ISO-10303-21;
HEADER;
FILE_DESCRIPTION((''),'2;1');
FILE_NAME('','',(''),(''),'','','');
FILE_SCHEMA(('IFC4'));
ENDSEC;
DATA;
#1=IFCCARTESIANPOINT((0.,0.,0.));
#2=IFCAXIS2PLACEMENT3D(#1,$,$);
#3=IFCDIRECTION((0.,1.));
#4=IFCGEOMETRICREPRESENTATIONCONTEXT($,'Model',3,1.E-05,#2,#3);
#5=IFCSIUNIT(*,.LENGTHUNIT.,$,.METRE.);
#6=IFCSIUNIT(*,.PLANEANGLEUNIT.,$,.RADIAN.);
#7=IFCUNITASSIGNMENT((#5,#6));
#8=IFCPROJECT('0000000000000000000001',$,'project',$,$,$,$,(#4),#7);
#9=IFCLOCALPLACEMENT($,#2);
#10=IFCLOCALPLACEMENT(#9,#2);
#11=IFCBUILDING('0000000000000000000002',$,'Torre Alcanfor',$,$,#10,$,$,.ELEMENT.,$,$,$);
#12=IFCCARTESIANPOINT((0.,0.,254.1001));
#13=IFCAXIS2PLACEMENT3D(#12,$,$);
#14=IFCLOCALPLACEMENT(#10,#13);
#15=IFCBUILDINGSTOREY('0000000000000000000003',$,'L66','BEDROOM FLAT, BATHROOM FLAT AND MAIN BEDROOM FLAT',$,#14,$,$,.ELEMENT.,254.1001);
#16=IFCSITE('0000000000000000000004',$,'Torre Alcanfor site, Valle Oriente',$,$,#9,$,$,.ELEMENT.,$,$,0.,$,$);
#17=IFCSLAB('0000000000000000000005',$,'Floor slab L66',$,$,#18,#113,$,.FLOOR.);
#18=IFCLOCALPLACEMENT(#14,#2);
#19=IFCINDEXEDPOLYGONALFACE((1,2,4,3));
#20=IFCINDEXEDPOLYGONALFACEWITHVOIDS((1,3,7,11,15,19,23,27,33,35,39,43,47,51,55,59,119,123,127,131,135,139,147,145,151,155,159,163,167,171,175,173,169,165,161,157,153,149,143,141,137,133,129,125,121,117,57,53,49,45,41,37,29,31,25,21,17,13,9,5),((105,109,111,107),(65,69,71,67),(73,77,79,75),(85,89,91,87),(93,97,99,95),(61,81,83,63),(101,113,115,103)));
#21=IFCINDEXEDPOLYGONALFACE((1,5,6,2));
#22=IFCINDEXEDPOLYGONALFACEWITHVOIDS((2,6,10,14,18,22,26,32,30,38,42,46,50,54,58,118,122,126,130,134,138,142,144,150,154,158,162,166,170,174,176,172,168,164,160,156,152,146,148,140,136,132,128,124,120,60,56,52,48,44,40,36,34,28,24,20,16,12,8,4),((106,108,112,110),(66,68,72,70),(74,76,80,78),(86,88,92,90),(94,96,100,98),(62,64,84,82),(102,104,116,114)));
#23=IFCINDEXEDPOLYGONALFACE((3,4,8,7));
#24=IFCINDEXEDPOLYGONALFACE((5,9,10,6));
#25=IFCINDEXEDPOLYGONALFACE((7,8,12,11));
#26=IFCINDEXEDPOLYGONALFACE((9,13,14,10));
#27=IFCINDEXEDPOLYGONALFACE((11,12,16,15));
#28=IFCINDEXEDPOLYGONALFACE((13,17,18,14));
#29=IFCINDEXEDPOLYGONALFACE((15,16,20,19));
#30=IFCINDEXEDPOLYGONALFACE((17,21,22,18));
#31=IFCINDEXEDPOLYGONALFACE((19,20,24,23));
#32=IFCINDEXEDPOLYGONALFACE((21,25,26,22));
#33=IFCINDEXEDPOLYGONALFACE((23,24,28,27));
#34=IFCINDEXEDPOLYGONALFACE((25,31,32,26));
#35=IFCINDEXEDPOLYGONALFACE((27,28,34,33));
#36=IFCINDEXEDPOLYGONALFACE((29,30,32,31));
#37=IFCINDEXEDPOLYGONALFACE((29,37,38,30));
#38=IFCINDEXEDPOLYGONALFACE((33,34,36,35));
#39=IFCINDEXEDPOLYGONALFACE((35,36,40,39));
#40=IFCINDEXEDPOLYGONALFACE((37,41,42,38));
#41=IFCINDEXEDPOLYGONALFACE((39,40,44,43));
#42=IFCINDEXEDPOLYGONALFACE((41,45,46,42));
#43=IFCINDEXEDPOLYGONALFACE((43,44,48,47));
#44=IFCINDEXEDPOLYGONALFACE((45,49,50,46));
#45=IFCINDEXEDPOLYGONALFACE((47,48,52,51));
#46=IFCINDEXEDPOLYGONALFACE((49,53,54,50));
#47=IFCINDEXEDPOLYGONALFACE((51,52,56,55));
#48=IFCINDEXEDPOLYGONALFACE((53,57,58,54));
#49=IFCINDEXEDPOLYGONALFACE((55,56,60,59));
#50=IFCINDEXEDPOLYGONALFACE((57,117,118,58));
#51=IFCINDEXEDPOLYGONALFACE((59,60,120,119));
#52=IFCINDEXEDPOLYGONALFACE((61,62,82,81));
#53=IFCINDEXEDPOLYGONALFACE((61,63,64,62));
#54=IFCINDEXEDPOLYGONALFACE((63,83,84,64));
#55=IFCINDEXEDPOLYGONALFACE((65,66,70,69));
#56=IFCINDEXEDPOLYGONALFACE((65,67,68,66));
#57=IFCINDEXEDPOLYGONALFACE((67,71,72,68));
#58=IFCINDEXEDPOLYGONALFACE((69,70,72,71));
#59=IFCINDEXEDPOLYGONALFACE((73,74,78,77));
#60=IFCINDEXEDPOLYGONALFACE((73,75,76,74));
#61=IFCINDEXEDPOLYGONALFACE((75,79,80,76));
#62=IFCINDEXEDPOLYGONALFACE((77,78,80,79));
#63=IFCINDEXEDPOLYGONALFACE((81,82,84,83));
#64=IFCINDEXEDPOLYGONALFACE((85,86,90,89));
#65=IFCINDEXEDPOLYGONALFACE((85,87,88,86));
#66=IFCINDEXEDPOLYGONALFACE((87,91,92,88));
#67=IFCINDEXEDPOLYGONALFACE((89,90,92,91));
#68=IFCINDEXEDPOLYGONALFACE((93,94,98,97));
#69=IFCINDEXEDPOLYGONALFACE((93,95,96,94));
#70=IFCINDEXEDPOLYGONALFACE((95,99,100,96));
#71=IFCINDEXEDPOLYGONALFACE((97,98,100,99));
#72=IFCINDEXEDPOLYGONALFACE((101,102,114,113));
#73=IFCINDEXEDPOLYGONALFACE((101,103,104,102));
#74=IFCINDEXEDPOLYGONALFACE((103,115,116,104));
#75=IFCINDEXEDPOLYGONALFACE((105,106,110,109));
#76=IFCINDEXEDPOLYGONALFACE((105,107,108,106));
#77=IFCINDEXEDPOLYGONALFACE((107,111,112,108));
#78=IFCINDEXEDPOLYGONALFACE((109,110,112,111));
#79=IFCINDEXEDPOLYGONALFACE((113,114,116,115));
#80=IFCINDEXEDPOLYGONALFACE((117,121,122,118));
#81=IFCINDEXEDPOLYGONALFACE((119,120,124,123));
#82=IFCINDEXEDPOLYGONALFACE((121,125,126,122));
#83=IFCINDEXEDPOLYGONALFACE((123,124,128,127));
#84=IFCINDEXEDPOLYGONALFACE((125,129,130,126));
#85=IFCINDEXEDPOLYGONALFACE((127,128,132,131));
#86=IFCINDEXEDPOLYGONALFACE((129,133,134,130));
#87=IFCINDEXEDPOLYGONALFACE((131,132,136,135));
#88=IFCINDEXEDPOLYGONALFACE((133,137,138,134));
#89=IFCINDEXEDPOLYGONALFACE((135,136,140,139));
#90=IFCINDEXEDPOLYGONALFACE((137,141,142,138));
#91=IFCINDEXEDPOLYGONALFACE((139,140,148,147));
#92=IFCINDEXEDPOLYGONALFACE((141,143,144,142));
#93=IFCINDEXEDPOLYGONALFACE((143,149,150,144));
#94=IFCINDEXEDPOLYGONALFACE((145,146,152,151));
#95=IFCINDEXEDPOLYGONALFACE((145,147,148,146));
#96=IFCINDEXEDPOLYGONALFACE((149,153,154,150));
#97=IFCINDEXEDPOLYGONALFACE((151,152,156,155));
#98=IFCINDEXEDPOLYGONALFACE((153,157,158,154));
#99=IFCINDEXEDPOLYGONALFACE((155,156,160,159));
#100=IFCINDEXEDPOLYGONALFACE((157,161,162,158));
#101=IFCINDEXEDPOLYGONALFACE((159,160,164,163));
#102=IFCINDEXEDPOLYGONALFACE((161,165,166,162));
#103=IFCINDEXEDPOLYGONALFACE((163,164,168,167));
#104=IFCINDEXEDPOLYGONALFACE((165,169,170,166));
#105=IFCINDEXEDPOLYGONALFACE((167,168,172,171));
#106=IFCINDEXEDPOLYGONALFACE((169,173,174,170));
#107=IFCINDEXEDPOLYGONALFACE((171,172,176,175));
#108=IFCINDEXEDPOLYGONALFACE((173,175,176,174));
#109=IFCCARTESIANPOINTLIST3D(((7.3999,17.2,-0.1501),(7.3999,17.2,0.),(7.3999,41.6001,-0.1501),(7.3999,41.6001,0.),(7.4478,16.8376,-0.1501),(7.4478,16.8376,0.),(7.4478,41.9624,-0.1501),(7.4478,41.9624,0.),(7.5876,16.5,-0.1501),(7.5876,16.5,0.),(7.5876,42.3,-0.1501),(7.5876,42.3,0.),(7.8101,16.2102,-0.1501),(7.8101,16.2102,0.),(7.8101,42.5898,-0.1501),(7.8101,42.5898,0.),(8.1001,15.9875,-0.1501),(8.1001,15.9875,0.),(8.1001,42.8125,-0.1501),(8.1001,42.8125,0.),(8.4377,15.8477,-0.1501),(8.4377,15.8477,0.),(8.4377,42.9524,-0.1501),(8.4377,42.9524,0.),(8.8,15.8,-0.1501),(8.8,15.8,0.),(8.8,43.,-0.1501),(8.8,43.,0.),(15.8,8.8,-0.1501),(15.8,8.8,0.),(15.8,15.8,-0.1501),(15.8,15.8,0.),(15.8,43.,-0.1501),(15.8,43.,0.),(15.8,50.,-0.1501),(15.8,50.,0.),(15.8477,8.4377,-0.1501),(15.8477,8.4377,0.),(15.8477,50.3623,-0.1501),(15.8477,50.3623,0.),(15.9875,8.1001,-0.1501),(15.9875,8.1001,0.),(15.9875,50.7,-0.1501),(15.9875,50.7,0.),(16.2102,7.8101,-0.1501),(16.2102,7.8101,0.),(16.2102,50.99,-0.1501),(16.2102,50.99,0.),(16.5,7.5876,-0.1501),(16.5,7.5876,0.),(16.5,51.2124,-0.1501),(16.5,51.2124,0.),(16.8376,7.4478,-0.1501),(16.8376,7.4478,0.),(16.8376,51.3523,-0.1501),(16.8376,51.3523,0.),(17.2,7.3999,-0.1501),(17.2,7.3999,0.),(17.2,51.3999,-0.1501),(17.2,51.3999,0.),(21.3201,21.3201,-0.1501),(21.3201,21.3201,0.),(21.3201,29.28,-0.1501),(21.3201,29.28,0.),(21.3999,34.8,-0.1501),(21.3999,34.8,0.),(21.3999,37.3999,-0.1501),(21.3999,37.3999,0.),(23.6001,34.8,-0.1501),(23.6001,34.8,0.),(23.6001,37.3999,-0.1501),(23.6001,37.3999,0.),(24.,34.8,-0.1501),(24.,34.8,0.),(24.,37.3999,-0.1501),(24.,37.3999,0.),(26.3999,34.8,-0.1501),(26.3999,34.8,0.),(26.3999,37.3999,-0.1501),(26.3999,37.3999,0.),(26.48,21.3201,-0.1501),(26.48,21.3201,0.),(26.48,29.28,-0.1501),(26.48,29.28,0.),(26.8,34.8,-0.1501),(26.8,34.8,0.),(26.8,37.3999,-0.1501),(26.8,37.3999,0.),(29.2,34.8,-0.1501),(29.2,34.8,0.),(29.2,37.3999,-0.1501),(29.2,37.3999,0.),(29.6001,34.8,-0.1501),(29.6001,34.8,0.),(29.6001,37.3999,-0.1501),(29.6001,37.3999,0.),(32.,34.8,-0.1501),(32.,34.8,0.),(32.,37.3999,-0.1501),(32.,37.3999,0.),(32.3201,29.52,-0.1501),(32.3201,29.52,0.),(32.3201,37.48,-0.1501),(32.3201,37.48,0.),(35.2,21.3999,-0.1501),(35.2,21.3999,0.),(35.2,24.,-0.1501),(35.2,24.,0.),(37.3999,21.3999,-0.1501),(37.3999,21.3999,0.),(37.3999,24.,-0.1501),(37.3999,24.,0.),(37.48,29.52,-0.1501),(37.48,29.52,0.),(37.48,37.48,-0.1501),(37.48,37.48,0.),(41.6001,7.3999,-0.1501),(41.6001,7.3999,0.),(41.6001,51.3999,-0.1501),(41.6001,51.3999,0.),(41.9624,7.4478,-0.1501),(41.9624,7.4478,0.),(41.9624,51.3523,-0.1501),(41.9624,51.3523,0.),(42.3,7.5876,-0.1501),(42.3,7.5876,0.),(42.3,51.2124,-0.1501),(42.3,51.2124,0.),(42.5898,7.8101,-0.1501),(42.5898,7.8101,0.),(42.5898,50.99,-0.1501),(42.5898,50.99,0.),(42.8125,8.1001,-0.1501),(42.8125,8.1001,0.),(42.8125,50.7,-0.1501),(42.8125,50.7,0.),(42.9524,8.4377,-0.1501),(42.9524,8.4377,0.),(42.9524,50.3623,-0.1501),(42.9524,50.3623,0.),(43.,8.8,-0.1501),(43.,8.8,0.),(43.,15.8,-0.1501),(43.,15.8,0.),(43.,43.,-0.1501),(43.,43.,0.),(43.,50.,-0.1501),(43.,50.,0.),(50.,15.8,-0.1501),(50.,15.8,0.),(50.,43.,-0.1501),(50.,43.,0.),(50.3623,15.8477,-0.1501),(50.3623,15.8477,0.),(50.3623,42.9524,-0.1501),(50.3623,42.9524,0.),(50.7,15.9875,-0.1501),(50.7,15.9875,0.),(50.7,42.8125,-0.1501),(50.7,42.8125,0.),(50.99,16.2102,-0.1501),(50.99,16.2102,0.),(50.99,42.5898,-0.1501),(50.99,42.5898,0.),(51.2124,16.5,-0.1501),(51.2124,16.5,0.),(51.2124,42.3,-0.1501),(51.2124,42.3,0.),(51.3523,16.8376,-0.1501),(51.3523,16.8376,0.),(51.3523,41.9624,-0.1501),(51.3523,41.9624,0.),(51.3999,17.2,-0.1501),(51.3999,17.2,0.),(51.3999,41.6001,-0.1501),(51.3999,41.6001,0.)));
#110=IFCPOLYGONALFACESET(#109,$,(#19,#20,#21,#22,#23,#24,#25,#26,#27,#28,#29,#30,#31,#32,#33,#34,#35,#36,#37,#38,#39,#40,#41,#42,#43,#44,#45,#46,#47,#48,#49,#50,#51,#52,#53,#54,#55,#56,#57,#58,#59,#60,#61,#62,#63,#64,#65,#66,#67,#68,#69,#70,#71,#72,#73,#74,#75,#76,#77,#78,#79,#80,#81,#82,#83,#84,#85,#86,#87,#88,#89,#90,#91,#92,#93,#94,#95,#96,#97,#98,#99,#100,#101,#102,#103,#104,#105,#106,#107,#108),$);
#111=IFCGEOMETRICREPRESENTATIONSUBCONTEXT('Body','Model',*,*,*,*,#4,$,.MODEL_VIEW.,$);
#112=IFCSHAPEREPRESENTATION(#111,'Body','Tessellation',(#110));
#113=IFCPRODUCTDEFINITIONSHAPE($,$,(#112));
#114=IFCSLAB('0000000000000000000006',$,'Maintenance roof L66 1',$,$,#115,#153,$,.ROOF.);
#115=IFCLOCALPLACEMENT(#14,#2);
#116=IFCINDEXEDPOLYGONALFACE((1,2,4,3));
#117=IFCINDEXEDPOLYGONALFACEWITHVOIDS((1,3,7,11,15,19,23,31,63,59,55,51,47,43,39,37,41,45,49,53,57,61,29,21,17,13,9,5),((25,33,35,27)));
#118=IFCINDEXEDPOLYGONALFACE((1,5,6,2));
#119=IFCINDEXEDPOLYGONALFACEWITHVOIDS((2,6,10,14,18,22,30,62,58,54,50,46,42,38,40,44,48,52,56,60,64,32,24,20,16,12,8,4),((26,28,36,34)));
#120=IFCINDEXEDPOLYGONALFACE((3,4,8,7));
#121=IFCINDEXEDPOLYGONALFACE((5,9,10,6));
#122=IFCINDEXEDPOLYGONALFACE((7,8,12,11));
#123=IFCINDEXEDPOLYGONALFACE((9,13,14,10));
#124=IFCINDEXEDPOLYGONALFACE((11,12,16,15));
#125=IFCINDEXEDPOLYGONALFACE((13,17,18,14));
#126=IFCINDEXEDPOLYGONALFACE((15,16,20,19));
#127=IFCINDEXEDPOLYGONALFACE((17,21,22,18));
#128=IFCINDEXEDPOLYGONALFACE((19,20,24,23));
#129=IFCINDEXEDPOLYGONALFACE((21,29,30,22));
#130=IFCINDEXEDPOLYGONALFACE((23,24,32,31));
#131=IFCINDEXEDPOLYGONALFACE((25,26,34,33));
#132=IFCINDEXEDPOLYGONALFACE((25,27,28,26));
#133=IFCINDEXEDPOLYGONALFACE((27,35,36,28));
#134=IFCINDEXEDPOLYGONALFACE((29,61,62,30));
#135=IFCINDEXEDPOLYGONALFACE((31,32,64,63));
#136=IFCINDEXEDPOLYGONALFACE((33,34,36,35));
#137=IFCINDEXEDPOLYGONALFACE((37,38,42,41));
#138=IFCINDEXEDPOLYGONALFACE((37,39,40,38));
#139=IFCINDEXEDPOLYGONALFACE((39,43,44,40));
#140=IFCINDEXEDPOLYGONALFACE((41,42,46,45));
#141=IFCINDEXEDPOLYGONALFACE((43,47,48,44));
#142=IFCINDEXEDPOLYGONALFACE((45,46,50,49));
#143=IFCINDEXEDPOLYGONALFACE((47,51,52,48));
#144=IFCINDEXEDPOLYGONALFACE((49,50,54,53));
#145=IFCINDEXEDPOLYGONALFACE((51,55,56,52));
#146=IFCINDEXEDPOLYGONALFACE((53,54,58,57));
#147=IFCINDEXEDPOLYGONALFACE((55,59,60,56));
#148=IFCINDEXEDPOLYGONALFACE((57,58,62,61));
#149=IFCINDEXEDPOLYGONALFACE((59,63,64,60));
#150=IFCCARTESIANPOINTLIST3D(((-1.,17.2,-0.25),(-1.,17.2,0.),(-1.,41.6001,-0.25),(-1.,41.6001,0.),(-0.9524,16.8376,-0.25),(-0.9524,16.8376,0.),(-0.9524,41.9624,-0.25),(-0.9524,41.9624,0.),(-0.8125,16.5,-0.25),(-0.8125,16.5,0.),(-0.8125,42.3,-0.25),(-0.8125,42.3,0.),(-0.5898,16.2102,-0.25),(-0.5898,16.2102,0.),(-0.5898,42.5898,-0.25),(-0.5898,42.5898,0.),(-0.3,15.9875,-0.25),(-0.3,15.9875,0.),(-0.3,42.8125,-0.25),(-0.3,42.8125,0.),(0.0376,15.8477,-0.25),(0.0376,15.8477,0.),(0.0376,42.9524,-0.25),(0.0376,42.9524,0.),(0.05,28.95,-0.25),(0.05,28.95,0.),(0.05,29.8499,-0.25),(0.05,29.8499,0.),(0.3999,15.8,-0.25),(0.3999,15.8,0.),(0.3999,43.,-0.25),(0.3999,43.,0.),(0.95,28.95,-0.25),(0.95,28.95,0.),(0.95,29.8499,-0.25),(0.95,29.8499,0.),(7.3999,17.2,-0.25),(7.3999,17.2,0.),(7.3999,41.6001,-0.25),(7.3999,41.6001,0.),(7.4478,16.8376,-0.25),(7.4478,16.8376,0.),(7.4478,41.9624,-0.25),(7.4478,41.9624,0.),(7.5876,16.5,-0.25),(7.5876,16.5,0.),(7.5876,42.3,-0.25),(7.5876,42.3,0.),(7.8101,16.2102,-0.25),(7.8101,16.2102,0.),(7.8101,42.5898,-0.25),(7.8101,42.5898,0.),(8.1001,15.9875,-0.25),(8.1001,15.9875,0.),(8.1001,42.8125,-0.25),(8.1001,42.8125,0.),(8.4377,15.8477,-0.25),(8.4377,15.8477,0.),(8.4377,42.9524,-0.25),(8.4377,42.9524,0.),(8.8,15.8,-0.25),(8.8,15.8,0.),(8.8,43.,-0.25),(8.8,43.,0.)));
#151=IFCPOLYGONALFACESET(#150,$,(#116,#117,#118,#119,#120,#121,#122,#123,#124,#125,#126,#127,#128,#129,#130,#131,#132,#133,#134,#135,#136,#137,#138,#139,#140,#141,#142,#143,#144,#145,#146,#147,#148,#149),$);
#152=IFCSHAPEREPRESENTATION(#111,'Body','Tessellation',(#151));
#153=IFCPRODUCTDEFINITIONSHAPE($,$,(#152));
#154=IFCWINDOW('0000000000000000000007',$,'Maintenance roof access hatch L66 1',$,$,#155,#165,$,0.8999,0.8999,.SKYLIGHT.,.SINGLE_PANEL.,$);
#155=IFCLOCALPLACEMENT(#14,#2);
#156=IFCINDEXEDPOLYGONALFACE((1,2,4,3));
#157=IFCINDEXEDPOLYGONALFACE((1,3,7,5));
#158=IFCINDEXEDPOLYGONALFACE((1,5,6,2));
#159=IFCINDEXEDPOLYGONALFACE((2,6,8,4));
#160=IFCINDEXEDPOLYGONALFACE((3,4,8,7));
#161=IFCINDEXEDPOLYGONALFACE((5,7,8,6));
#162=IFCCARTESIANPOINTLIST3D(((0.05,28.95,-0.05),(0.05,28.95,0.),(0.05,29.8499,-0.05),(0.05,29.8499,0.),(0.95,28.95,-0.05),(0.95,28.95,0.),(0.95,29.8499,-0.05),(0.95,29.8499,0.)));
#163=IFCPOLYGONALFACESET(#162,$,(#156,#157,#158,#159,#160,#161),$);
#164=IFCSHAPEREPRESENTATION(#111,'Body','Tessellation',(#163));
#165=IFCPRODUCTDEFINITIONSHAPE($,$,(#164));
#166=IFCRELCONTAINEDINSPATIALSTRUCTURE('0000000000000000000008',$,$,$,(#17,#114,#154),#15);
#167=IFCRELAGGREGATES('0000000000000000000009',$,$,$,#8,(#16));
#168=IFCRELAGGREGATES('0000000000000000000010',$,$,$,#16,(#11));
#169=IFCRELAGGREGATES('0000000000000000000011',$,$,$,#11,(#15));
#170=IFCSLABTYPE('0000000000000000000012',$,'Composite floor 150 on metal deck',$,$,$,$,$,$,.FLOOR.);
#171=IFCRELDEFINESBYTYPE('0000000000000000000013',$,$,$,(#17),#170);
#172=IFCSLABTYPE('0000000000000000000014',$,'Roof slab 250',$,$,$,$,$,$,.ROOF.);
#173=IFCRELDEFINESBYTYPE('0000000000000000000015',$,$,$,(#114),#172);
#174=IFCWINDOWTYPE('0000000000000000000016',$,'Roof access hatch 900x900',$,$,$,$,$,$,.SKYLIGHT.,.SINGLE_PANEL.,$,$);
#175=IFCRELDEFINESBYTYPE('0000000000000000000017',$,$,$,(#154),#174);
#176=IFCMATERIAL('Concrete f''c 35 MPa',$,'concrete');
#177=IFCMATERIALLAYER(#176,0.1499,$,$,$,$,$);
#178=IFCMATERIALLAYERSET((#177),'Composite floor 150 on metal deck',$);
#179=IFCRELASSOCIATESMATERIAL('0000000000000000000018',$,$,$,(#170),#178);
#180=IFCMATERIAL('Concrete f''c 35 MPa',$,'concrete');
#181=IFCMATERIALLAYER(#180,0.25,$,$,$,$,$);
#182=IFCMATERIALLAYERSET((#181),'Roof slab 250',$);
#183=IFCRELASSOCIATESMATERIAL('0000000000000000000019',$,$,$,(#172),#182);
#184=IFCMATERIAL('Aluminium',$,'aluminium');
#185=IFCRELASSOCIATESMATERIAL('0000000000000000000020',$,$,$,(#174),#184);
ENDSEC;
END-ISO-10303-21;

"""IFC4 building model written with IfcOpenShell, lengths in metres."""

from ifc_helpers import new_model, si_unit, direction, frame, origin, origin_2d, place, context, subcontext, project, spatial, polyline, rectangle, outline, extrude, material, layer, layer_set, type_object, element, fill, save


model = new_model("IFC4")

# Units and contexts
model_context = context("Model", 3, precision=1e-05, world=origin(), true_north=direction((0.0, 1.0)))
body_context = subcontext(model_context, "Body", "Model", "MODEL_VIEW")
ifc_project = project(units=[si_unit("LENGTHUNIT", "METRE"), si_unit("PLANEANGLEUNIT", "RADIAN")], contexts=[model_context])

# Site, building, storey
site_placement = place(None, origin())
site = spatial("IfcSite", under=ifc_project, at=site_placement, Name="Torre Alcanfor site, Valle Oriente", CompositionType="ELEMENT", RefElevation=0.0)
building_placement = place(site_placement, origin())
building = spatial("IfcBuilding", under=site, at=building_placement, Name="Torre Alcanfor", CompositionType="ELEMENT")
storey_placement = place(building_placement, frame((0.0, 0.0, 254.1001)))
storey = spatial("IfcBuildingStorey", under=building, at=storey_placement, Name="L66", Description="BEDROOM FLAT, BATHROOM FLAT AND MAIN BEDROOM FLAT", CompositionType="ELEMENT", Elevation=254.1001)

# Slab
ifc_material_1 = material(Name="Concrete f'c 35 MPa", Category="concrete")
ifc_layer_1 = layer(ifc_material_1, 0.1499)
ifc_layer_set_1 = layer_set([ifc_layer_1], Name="Composite floor 150 on metal deck")
slab_type_1 = type_object("IfcSlabType", Name="Composite floor 150 on metal deck", PredefinedType="FLOOR", material=ifc_layer_set_1)
slab_1_placement = place(storey_placement, frame((0.0, 0.0, -0.1501)))
element("IfcSlab", 1, at=slab_1_placement, inside=storey, type_object=slab_type_1, Name="Floor slab L66", PredefinedType="FLOOR", context=body_context, shape_type="SweptSolid", body=[
    extrude(outline(polyline([(15.8, 43.0), (8.8, 43.0), (8.4377, 42.9524), (8.1001, 42.8125), (7.8101, 42.5898), (7.5876, 42.3), (7.4478, 41.9624), (7.3999, 41.6001), (7.3999, 17.2), (7.4478, 16.8376), (7.5876, 16.5), (7.8101, 16.2102), (8.1001, 15.9875), (8.4377, 15.8477), (8.8, 15.8), (15.8, 15.8), (15.8, 8.8), (15.8477, 8.4377), (15.9875, 8.1001), (16.2102, 7.8101), (16.5, 7.5876), (16.8376, 7.4478), (17.2, 7.3999), (41.6001, 7.3999), (41.9624, 7.4478), (42.3, 7.5876), (42.5898, 7.8101), (42.8125, 8.1001), (42.9524, 8.4377), (43.0, 8.8), (43.0, 15.8), (50.0, 15.8), (50.3623, 15.8477), (50.7, 15.9875), (50.99, 16.2102), (51.2124, 16.5), (51.3523, 16.8376), (51.3999, 17.2), (51.3999, 41.6001), (51.3523, 41.9624), (51.2124, 42.3), (50.99, 42.5898), (50.7, 42.8125), (50.3623, 42.9524), (50.0, 43.0), (43.0, 43.0), (43.0, 50.0), (42.9524, 50.3623), (42.8125, 50.7), (42.5898, 50.99), (42.3, 51.2124), (41.9624, 51.3523), (41.6001, 51.3999), (17.2, 51.3999), (16.8376, 51.3523), (16.5, 51.2124), (16.2102, 50.99), (15.9875, 50.7), (15.8477, 50.3623), (15.8, 50.0), (15.8, 43.0)]), holes=[polyline([(21.3201, 21.3201), (26.48, 21.3201), (26.48, 29.28), (21.3201, 29.28), (21.3201, 21.3201)]), polyline([(32.3201, 29.52), (37.48, 29.52), (37.48, 37.48), (32.3201, 37.48), (32.3201, 29.52)]), polyline([(35.2, 21.3999), (37.3999, 21.3999), (37.3999, 24.0), (35.2, 24.0), (35.2, 21.3999)]), polyline([(21.3999, 34.8), (23.6001, 34.8), (23.6001, 37.3999), (21.3999, 37.3999), (21.3999, 34.8)]), polyline([(24.0, 34.8), (26.3999, 34.8), (26.3999, 37.3999), (24.0, 37.3999), (24.0, 34.8)]), polyline([(26.8, 34.8), (29.2, 34.8), (29.2, 37.3999), (26.8, 37.3999), (26.8, 34.8)]), polyline([(29.6001, 34.8), (32.0, 34.8), (32.0, 37.3999), (29.6001, 37.3999), (29.6001, 34.8)])]), origin(), (0.0, 0.0, 1.0), 0.1501),
])

# Slab, opening, window
ifc_material_2 = material(Name="Concrete f'c 35 MPa", Category="concrete")
ifc_layer_2 = layer(ifc_material_2, 0.25)
ifc_layer_set_2 = layer_set([ifc_layer_2], Name="Roof slab 250")
slab_type_2 = type_object("IfcSlabType", Name="Roof slab 250", PredefinedType="ROOF", material=ifc_layer_set_2)
slab_2_placement = place(storey_placement, frame((0.0, 0.0, -0.25)))
slab_2 = element("IfcSlab", 2, at=slab_2_placement, inside=storey, type_object=slab_type_2, Name="Maintenance roof L66 1", PredefinedType="ROOF", context=body_context, shape_type="SweptSolid", body=[
    extrude(outline(polyline([(8.8, 15.8), (8.4377, 15.8477), (8.1001, 15.9875), (7.8101, 16.2102), (7.5876, 16.5), (7.4478, 16.8376), (7.3999, 17.2), (7.3999, 41.6001), (7.4478, 41.9624), (7.5876, 42.3), (7.8101, 42.5898), (8.1001, 42.8125), (8.4377, 42.9524), (8.8, 43.0), (0.3999, 43.0), (0.0376, 42.9524), (-0.3, 42.8125), (-0.5898, 42.5898), (-0.8125, 42.3), (-0.9524, 41.9624), (-1.0, 41.6001), (-1.0, 17.2), (-0.9524, 16.8376), (-0.8125, 16.5), (-0.5898, 16.2102), (-0.3, 15.9875), (0.0376, 15.8477), (0.3999, 15.8), (8.8, 15.8)])), origin(), (0.0, 0.0, 1.0), 0.25),
])
opening_1_placement = place(slab_2_placement, frame((0.5, 29.3999, 0.0)))
opening_1 = element("IfcOpeningElement", 3, at=opening_1_placement, cuts=slab_2, PredefinedType="OPENING", context=body_context, shape_type="SweptSolid", body=[
    extrude(rectangle(XDim=0.8999, YDim=0.8999, at=origin_2d()), origin(), (0.0, 0.0, 1.0), 0.25),
])
ifc_material_3 = material(Name="Aluminium", Category="aluminium")
window_type_1 = type_object("IfcWindowType", Name="Roof access hatch 900x900", PartitioningType="SINGLE_PANEL", PredefinedType="SKYLIGHT", material=ifc_material_3)
window_1_placement = place(opening_1_placement, frame((0.0, 0.0, 0.2)))
window_1 = element("IfcWindow", 4, at=window_1_placement, inside=storey, type_object=window_type_1, Name="Maintenance roof access hatch L66 1", OverallHeight=0.8999, OverallWidth=0.8999, PartitioningType="SINGLE_PANEL", PredefinedType="SKYLIGHT", context=body_context, shape_type="SweptSolid", body=[
    extrude(rectangle(XDim=0.8999, YDim=0.8999, at=origin_2d()), origin(), (0.0, 0.0, 1.0), 0.05),
])
fill(opening_1, window_1)

save(model, "model.ifc")
